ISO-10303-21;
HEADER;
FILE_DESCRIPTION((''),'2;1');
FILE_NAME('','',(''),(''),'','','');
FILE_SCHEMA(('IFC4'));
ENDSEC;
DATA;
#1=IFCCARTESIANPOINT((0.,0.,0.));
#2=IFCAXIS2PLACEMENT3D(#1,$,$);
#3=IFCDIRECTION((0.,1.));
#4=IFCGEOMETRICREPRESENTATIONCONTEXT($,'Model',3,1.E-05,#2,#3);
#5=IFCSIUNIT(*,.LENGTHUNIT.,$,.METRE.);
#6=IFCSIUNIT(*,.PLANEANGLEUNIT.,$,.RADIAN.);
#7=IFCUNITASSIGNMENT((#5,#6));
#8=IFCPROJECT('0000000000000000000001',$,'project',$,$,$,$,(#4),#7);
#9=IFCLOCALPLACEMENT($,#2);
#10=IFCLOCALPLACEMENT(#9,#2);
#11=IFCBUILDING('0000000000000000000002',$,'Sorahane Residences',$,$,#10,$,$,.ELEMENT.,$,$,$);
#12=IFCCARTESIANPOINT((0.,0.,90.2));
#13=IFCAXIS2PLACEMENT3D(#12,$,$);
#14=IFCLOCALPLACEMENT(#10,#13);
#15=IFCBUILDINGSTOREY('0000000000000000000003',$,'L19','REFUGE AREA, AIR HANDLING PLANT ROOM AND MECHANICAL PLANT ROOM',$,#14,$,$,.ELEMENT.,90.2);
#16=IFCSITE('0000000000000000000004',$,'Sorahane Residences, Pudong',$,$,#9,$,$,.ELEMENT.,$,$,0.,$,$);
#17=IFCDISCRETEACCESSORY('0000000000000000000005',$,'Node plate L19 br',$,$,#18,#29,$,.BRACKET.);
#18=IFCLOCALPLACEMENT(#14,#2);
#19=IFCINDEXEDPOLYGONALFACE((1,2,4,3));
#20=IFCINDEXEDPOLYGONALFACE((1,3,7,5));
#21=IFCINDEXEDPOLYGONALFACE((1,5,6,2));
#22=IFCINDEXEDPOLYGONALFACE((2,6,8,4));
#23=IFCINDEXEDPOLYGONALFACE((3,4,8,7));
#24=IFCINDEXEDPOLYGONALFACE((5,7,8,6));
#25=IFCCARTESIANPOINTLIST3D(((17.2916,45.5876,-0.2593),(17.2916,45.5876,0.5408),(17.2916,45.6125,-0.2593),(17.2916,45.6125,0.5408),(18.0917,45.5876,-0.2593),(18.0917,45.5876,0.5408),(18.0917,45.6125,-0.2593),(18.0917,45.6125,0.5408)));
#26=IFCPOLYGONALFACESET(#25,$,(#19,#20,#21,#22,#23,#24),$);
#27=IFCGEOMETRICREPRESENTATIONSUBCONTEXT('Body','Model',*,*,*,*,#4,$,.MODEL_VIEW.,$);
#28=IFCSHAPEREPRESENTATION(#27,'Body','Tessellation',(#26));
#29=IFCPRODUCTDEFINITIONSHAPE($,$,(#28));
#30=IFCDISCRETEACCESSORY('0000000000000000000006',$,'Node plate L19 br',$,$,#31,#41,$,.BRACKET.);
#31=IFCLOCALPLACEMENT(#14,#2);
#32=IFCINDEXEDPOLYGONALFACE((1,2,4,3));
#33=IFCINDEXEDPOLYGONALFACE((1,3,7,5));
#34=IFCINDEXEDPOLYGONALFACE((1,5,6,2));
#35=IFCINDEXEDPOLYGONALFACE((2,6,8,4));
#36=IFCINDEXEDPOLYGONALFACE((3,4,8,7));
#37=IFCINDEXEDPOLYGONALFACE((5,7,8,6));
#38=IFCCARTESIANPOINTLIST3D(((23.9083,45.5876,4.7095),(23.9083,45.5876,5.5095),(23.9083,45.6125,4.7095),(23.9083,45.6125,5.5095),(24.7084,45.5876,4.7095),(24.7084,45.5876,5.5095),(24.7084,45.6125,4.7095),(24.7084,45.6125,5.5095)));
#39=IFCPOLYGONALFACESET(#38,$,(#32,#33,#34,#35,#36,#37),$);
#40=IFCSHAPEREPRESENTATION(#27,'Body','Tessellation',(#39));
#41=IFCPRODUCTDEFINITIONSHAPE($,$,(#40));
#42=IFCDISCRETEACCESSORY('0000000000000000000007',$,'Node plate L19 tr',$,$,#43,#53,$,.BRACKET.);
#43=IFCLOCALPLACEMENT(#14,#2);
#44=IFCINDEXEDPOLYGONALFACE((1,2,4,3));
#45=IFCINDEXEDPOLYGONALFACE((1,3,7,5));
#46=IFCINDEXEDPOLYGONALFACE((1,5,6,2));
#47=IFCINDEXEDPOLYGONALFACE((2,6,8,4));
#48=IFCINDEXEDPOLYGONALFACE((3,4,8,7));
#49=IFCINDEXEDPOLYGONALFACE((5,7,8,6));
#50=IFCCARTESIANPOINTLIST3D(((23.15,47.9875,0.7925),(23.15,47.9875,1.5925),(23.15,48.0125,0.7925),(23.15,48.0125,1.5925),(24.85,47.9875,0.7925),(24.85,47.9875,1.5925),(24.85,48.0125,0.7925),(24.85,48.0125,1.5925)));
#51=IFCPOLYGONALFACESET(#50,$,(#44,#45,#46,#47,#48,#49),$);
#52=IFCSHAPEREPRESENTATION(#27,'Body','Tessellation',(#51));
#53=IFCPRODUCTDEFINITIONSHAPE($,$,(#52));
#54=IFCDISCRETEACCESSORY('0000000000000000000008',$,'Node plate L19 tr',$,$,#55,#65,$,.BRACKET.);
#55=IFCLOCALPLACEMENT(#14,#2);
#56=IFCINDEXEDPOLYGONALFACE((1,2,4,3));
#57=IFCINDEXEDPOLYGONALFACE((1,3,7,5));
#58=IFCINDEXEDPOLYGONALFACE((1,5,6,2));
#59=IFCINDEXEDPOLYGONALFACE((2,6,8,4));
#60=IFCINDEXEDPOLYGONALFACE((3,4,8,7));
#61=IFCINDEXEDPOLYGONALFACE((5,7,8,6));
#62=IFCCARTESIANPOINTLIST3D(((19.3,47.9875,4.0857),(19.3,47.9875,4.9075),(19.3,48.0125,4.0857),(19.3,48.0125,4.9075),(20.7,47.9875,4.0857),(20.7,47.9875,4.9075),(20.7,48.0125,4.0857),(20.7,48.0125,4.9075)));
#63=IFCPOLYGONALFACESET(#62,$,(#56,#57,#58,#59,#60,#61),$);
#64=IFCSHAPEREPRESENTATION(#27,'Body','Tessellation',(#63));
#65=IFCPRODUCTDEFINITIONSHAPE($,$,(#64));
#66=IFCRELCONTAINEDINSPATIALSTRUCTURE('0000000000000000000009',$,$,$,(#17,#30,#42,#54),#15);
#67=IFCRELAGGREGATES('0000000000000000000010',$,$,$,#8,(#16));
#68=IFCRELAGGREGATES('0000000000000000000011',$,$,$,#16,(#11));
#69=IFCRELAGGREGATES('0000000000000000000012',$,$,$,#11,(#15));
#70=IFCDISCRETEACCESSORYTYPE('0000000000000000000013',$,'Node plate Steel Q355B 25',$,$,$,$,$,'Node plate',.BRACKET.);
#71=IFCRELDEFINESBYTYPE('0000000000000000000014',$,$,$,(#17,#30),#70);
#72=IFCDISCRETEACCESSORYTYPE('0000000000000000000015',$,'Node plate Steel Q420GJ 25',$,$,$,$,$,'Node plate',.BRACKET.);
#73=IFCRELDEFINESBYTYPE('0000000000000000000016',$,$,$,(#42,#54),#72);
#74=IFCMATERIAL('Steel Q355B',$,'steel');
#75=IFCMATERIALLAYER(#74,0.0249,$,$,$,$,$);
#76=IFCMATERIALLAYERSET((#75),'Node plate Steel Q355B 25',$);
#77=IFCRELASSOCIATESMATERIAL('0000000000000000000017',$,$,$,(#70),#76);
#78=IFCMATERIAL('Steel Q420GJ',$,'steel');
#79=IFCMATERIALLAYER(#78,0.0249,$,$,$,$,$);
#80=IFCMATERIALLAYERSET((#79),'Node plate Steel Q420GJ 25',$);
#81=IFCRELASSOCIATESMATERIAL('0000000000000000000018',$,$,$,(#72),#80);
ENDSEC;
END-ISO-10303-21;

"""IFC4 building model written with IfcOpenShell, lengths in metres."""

from ifc_helpers import new_model, si_unit, direction, frame, origin, origin_2d, place, context, subcontext, project, spatial, rectangle, extrude, material, layer, layer_set, type_object, element, save


model = new_model("IFC4")

# Units and contexts
model_context = context("Model", 3, precision=1e-05, world=origin(), true_north=direction((0.0, 1.0)))
body_context = subcontext(model_context, "Body", "Model", "MODEL_VIEW")
ifc_project = project(units=[si_unit("LENGTHUNIT", "METRE"), si_unit("PLANEANGLEUNIT", "RADIAN")], contexts=[model_context])

# Site, building, storey
site_placement = place(None, origin())
site = spatial("IfcSite", under=ifc_project, at=site_placement, Name="Sorahane Residences, Pudong", CompositionType="ELEMENT", RefElevation=0.0)
building_placement = place(site_placement, origin())
building = spatial("IfcBuilding", under=site, at=building_placement, Name="Sorahane Residences", CompositionType="ELEMENT")
storey_placement = place(building_placement, frame((0.0, 0.0, 90.2)))
storey = spatial("IfcBuildingStorey", under=building, at=storey_placement, Name="L19", Description="REFUGE AREA, AIR HANDLING PLANT ROOM AND MECHANICAL PLANT ROOM", CompositionType="ELEMENT", Elevation=90.2)

# Discrete accessories
ifc_material_1 = material(Name="Steel Q355B", Category="steel")
ifc_layer_1 = layer(ifc_material_1, 0.0249)
ifc_layer_set_1 = layer_set([ifc_layer_1], Name="Node plate Steel Q355B 25")
discrete_accessory_type_1 = type_object("IfcDiscreteAccessoryType", Name="Node plate Steel Q355B 25", ElementType="Node plate", PredefinedType="BRACKET", material=ifc_layer_set_1)
for number, where, z_axis, x_axis, name in (
    (1, (17.6917, 45.6001, -0.2593), (0.0, 0.0, 1.0), (1.0, 0.0, 0.0), "Node plate L19 br"),
    (2, (24.3083, 45.6001, 4.7095), (0.0, 0.0, 1.0), (1.0, 0.0, 0.0), "Node plate L19 br"),
):
    element("IfcDiscreteAccessory", number, at=place(storey_placement, frame(where, z_axis=z_axis, x_axis=x_axis)), inside=storey, type_object=discrete_accessory_type_1, Name=name, PredefinedType="BRACKET", context=body_context, shape_type="SweptSolid", body=[
        extrude(rectangle(XDim=0.8, YDim=0.0249, at=origin_2d()), origin(), (0.0, 0.0, 1.0), 0.8),
    ])
ifc_material_2 = material(Name="Steel Q420GJ", Category="steel")
ifc_layer_2 = layer(ifc_material_2, 0.0249)
ifc_layer_set_2 = layer_set([ifc_layer_2], Name="Node plate Steel Q420GJ 25")
discrete_accessory_type_2 = type_object("IfcDiscreteAccessoryType", Name="Node plate Steel Q420GJ 25", ElementType="Node plate", PredefinedType="BRACKET", material=ifc_layer_set_2)
discrete_accessory_1_placement = place(storey_placement, frame((24.0, 48.0, 0.7925), z_axis=(0.0, 0.0, 1.0), x_axis=(1.0, 0.0, 0.0)))
element("IfcDiscreteAccessory", 3, at=discrete_accessory_1_placement, inside=storey, type_object=discrete_accessory_type_2, Name="Node plate L19 tr", PredefinedType="BRACKET", context=body_context, shape_type="SweptSolid", body=[
    extrude(rectangle(XDim=1.7, YDim=0.0249, at=origin_2d()), origin(), (0.0, 0.0, 1.0), 0.8),
])
discrete_accessory_2_placement = place(storey_placement, frame((20.0, 48.0, 4.0857), z_axis=(0.0, 0.0, 1.0), x_axis=(1.0, 0.0, 0.0)))
element("IfcDiscreteAccessory", 4, at=discrete_accessory_2_placement, inside=storey, type_object=discrete_accessory_type_2, Name="Node plate L19 tr", PredefinedType="BRACKET", context=body_context, shape_type="SweptSolid", body=[
    extrude(rectangle(XDim=1.3999, YDim=0.0249, at=origin_2d()), origin(), (0.0, 0.0, 1.0), 0.8218),
])

save(model, "model.ifc")
